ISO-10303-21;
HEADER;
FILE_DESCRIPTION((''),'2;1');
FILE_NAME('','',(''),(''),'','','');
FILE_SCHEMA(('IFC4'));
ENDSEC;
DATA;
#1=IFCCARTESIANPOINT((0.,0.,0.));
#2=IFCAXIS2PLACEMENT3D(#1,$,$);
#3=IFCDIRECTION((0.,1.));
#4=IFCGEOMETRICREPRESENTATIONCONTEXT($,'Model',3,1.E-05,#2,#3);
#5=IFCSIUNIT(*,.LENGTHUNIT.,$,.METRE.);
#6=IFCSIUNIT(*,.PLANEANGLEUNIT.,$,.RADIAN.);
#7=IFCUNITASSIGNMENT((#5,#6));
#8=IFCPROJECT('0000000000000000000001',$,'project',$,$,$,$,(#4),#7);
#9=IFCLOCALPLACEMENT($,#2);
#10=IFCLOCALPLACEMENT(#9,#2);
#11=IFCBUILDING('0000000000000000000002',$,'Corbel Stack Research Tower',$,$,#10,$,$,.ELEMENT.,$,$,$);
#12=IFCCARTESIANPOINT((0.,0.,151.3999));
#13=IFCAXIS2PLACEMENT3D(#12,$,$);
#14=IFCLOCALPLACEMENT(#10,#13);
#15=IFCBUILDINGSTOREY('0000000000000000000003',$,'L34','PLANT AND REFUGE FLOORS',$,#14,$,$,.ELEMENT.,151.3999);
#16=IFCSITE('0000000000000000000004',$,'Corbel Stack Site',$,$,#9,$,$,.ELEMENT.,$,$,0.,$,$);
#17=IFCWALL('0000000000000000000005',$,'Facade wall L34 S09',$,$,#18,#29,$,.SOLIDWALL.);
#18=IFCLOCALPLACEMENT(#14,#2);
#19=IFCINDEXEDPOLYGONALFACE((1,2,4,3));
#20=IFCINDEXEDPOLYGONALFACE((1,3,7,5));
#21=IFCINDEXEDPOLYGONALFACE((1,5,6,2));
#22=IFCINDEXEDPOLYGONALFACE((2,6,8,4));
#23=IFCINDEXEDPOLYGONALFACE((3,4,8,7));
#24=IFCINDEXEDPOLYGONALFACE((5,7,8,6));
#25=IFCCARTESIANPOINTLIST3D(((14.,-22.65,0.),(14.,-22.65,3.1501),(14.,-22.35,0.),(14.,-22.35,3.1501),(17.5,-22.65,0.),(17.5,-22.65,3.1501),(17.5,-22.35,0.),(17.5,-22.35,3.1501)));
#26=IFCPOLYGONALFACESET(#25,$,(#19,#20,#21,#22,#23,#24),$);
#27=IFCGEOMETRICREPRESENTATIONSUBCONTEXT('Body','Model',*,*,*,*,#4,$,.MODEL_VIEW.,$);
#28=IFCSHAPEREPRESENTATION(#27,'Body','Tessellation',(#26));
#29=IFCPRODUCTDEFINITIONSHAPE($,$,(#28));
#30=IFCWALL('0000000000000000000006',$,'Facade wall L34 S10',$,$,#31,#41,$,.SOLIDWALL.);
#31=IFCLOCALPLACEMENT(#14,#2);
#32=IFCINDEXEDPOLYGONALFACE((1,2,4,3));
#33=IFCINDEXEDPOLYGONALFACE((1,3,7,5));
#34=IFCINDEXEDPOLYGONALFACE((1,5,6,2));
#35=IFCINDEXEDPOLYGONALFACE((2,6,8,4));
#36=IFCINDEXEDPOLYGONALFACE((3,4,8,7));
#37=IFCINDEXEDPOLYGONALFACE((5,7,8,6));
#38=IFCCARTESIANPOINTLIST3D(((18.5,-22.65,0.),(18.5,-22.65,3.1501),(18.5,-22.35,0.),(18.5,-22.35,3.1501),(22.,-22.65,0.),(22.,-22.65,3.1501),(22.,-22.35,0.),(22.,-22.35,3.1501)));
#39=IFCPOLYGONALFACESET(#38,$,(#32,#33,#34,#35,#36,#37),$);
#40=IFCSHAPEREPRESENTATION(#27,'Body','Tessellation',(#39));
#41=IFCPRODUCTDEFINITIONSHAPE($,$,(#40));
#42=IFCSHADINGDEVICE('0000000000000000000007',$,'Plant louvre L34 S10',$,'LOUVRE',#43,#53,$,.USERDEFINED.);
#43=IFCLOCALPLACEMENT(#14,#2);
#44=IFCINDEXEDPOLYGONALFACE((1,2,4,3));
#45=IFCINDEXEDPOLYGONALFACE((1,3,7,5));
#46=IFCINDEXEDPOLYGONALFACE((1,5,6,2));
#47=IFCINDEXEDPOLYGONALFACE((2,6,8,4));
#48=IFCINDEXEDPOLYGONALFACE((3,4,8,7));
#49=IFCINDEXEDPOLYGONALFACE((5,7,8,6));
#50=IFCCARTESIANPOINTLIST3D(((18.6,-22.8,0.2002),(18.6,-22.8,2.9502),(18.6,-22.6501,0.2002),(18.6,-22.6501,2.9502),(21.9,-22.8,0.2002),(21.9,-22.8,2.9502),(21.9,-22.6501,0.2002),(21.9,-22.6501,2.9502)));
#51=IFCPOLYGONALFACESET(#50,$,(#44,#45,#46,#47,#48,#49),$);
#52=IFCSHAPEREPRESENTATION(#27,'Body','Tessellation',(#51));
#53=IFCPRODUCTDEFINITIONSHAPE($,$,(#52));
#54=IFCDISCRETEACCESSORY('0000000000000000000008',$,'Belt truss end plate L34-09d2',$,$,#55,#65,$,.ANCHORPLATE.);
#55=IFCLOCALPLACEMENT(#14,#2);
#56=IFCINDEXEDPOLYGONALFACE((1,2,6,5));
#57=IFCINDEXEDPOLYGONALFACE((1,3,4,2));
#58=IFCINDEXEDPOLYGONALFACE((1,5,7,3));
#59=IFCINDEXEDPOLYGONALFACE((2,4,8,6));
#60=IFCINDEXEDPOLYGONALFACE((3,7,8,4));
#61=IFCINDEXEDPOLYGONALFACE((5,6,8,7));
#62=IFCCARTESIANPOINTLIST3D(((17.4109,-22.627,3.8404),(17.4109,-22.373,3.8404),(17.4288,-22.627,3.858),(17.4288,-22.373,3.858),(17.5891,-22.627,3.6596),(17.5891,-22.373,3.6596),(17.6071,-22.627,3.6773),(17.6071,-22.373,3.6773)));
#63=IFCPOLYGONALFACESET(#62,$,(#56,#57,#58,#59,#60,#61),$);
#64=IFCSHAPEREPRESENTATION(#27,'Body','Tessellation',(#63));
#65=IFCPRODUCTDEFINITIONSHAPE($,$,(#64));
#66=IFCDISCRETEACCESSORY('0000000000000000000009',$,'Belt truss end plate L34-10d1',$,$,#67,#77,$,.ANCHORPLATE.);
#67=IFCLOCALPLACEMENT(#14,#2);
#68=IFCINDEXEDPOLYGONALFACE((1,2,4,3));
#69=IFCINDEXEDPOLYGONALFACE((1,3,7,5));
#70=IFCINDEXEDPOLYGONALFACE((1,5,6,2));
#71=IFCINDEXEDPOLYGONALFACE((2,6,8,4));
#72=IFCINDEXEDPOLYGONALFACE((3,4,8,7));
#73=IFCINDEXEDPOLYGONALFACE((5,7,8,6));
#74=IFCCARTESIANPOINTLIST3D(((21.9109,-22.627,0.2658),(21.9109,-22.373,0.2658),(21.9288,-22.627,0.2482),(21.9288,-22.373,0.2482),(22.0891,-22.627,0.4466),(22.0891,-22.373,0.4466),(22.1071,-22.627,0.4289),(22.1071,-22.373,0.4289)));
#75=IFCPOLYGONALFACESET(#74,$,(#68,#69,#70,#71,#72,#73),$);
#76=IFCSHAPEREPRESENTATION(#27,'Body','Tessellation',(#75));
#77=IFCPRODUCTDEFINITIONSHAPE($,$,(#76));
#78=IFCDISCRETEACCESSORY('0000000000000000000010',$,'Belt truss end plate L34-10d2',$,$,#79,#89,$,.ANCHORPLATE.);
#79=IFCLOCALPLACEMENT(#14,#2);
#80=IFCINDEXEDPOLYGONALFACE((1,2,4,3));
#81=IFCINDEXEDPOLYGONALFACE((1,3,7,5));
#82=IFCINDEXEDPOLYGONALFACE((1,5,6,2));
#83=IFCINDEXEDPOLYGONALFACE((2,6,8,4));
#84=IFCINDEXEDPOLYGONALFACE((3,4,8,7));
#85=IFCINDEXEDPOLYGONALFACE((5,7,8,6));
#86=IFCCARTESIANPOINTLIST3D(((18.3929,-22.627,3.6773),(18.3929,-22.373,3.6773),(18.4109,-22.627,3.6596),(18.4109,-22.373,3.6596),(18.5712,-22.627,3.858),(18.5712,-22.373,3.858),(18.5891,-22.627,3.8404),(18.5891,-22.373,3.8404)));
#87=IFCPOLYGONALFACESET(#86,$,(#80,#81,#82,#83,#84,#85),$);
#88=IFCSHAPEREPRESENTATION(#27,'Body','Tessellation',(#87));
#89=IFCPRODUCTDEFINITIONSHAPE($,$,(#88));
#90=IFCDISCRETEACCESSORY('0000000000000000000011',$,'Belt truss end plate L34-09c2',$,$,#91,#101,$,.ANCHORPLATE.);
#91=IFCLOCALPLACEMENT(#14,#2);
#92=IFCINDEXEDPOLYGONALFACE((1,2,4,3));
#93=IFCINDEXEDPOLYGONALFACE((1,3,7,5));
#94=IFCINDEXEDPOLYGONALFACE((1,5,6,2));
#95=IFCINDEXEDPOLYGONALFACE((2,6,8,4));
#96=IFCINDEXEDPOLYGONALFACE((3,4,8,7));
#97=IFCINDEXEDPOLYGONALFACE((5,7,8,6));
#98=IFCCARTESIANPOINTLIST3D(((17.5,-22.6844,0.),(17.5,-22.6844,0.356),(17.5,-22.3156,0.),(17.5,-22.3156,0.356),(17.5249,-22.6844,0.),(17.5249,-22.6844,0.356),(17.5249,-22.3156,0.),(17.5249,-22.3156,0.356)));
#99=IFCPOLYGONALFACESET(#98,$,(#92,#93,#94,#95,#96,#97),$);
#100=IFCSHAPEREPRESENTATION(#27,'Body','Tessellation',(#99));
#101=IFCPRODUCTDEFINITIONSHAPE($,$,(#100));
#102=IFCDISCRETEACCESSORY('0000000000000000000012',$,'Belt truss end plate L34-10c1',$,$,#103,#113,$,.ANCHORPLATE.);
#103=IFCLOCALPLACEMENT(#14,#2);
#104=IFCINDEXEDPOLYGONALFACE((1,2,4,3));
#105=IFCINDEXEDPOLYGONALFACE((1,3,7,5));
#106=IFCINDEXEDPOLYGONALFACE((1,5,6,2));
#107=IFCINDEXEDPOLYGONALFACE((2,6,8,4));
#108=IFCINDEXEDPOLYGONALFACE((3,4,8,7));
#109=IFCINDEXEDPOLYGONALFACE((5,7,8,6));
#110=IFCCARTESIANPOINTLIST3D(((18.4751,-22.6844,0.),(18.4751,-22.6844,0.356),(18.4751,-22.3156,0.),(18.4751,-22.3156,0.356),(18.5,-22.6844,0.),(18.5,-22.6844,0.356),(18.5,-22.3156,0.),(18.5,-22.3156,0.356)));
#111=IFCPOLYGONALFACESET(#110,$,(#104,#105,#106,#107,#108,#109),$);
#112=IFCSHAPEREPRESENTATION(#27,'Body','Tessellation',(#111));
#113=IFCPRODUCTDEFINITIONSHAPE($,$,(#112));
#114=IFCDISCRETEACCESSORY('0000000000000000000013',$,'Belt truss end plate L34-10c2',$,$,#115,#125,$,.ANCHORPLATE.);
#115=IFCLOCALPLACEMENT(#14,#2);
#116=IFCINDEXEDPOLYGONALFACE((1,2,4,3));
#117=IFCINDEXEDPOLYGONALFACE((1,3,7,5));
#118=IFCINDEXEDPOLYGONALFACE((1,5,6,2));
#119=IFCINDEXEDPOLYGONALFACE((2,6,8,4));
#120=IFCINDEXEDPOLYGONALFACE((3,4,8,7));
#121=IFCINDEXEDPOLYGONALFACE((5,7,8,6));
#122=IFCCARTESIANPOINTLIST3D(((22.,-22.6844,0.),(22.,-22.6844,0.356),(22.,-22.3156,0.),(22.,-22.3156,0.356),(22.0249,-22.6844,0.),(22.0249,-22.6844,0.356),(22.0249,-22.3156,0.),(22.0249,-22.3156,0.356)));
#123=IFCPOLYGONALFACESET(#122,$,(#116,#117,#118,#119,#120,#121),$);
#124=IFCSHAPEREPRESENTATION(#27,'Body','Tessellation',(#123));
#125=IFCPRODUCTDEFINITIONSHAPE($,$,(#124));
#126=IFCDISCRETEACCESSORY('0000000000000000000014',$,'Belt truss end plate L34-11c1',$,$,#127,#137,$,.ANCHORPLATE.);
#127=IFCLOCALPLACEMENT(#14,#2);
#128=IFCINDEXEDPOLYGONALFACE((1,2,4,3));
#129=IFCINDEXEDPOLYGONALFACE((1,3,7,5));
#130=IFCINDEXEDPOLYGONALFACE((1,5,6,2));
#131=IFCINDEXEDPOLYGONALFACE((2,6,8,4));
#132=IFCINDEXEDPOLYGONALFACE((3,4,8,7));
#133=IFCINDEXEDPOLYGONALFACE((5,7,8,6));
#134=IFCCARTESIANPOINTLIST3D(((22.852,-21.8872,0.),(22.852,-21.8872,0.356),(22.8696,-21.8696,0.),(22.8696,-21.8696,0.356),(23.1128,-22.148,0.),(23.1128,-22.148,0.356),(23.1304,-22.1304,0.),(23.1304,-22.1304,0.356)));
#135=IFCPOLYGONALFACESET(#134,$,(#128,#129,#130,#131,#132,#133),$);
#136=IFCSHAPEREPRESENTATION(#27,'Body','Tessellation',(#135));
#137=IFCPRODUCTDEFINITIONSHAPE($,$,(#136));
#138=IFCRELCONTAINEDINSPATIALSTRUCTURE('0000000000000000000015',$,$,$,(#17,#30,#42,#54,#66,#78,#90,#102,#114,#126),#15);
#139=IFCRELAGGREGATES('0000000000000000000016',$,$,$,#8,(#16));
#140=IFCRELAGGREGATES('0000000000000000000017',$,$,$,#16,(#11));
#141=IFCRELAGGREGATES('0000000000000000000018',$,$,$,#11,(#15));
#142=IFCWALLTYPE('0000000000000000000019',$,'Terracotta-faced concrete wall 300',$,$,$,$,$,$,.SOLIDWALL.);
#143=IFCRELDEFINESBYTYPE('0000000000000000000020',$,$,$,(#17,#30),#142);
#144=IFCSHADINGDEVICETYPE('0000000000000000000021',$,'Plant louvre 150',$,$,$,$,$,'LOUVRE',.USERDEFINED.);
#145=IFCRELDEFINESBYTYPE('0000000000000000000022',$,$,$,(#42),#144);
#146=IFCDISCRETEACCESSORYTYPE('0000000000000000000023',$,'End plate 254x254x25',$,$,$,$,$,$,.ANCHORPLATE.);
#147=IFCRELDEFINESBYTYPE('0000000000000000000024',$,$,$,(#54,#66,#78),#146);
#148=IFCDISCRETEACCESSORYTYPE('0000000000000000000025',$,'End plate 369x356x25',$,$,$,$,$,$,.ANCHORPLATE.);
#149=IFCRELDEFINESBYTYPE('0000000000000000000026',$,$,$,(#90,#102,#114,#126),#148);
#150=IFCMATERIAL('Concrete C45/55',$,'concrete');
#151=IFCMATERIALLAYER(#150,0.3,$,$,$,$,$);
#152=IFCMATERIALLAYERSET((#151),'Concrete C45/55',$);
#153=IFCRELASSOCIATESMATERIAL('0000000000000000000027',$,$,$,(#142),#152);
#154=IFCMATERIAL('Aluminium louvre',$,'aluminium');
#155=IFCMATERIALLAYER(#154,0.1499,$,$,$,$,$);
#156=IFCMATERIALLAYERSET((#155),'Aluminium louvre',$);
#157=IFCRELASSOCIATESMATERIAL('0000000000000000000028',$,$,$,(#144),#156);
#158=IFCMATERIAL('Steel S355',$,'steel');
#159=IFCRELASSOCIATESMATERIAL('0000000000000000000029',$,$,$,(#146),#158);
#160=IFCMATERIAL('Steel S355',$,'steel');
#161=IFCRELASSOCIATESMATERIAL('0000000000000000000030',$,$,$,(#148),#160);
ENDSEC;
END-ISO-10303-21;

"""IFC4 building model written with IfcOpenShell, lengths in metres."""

from ifc_helpers import new_model, si_unit, direction, frame, frame_2d, origin, origin_2d, place, context, subcontext, project, spatial, rectangle, extrude, material, layer, layer_set, material_profile, profile_set, type_object, element, save


model = new_model("IFC4")

# Units and contexts
model_context = context("Model", 3, precision=1e-05, world=origin(), true_north=direction((0.0, 1.0)))
body_context = subcontext(model_context, "Body", "Model", "MODEL_VIEW")
ifc_project = project(units=[si_unit("LENGTHUNIT", "METRE"), si_unit("PLANEANGLEUNIT", "RADIAN")], contexts=[model_context])

# Site, building, storey
site_placement = place(None, origin())
site = spatial("IfcSite", under=ifc_project, at=site_placement, Name="Corbel Stack Site", CompositionType="ELEMENT", RefElevation=0.0)
building_placement = place(site_placement, origin())
building = spatial("IfcBuilding", under=site, at=building_placement, Name="Corbel Stack Research Tower", CompositionType="ELEMENT")
storey_placement = place(building_placement, frame((0.0, 0.0, 151.3999)))
storey = spatial("IfcBuildingStorey", under=building, at=storey_placement, Name="L34", Description="PLANT AND REFUGE FLOORS", CompositionType="ELEMENT", Elevation=151.3999)

# Walls
ifc_material_1 = material(Name="Concrete C45/55", Category="concrete")
ifc_layer_1 = layer(ifc_material_1, 0.3)
ifc_layer_set_1 = layer_set([ifc_layer_1], Name="Concrete C45/55")
wall_type_1 = type_object("IfcWallType", Name="Terracotta-faced concrete wall 300", PredefinedType="SOLIDWALL", material=ifc_layer_set_1)
for number, where, z_axis, x_axis, name in (
    (1, (17.5, -22.5, 0.0), (0.0, 0.0, 1.0), (-1.0, 0.0, 0.0), "Facade wall L34 S09"),
    (2, (22.0, -22.5, 0.0), (0.0, 0.0, 1.0), (-1.0, 0.0, 0.0), "Facade wall L34 S10"),
):
    element("IfcWall", number, at=place(storey_placement, frame(where, z_axis=z_axis, x_axis=x_axis)), inside=storey, type_object=wall_type_1, Name=name, PredefinedType="SOLIDWALL", context=body_context, shape_type="SweptSolid", body=[
        extrude(rectangle(XDim=3.5, YDim=0.3, at=frame_2d((1.75, 0.0))), origin(), (0.0, 0.0, 1.0), 3.1501),
    ])

# Shading device
ifc_material_2 = material(Name="Aluminium louvre", Category="aluminium")
ifc_layer_2 = layer(ifc_material_2, 0.1499)
ifc_layer_set_2 = layer_set([ifc_layer_2], Name="Aluminium louvre")
shading_device_type = type_object("IfcShadingDeviceType", Name="Plant louvre 150", ElementType="LOUVRE", PredefinedType="USERDEFINED", material=ifc_layer_set_2)
shading_device_placement = place(storey_placement, frame((20.25, -22.7251, 0.2002), z_axis=(0.0, 0.0, 1.0), x_axis=(1.0, 0.0, 0.0)))
element("IfcShadingDevice", 3, at=shading_device_placement, inside=storey, type_object=shading_device_type, Name="Plant louvre L34 S10", ObjectType="LOUVRE", PredefinedType="USERDEFINED", context=body_context, shape_type="SweptSolid", body=[
    extrude(rectangle(XDim=3.3, YDim=0.1499, at=origin_2d()), origin(), (0.0, 0.0, 1.0), 2.75),
])

# Discrete accessories
ifc_material_3 = material(Name="Steel S355", Category="steel")
ifc_material_profile_1 = material_profile(ifc_material_3, rectangle(XDim=0.2539, YDim=0.2539, at=origin_2d()), Name="End plate 254x254x25")
ifc_profile_set_1 = profile_set([ifc_material_profile_1], Name="Steel S355")
discrete_accessory_type_1 = type_object("IfcDiscreteAccessoryType", Name="End plate 254x254x25", PredefinedType="ANCHORPLATE", material=ifc_profile_set_1)
for number, where, z_axis, x_axis, name in (
    (4, (17.5, -22.5, 3.75), (0.711966, 0.0, 0.702213), (0.0, 1.0, 0.0), "Belt truss end plate L34-09d2"),
    (5, (22.0, -22.5, 0.3562), (0.711966, 0.0, -0.702213), (0.0, 1.0, 0.0), "Belt truss end plate L34-10d1"),
    (6, (18.5, -22.5, 3.75), (-0.711966, 0.0, 0.702213), (0.0, -1.0, 0.0), "Belt truss end plate L34-10d2"),
):
    element("IfcDiscreteAccessory", number, at=place(storey_placement, frame(where, z_axis=z_axis, x_axis=x_axis)), inside=storey, type_object=discrete_accessory_type_1, Name=name, PredefinedType="ANCHORPLATE", context=body_context, shape_type="SweptSolid", body=[
        extrude(rectangle(XDim=0.2539, YDim=0.2539, at=origin_2d()), origin(), (0.0, 0.0, 1.0), 0.0251),
    ])
ifc_material_4 = material(Name="Steel S355", Category="steel")
ifc_material_profile_2 = material_profile(ifc_material_4, rectangle(XDim=0.3689, YDim=0.356, at=origin_2d()), Name="End plate 369x356x25")
ifc_profile_set_2 = profile_set([ifc_material_profile_2], Name="Steel S355")
discrete_accessory_type_2 = type_object("IfcDiscreteAccessoryType", Name="End plate 369x356x25", PredefinedType="ANCHORPLATE", material=ifc_profile_set_2)
for number, where, z_axis, x_axis, name in (
    (7, (17.5, -22.5, 0.178), (1.0, 0.0, 0.0), (0.0, 1.0, 0.0), "Belt truss end plate L34-09c2"),
    (8, (18.5, -22.5, 0.178), (-1.0, 0.0, 0.0), (0.0, -1.0, 0.0), "Belt truss end plate L34-10c1"),
    (9, (22.0, -22.5, 0.178), (1.0, 0.0, 0.0), (0.0, 1.0, 0.0), "Belt truss end plate L34-10c2"),
    (10, (23.0, -22.0, 0.178), (-0.707107, -0.707107, 0.0), (0.707107, -0.707107, 0.0), "Belt truss end plate L34-11c1"),
):
    element("IfcDiscreteAccessory", number, at=place(storey_placement, frame(where, z_axis=z_axis, x_axis=x_axis)), inside=storey, type_object=discrete_accessory_type_2, Name=name, PredefinedType="ANCHORPLATE", context=body_context, shape_type="SweptSolid", body=[
        extrude(rectangle(XDim=0.3689, YDim=0.356, at=origin_2d()), origin(), (0.0, 0.0, 1.0), 0.0249),
    ])

save(model, "model.ifc")
